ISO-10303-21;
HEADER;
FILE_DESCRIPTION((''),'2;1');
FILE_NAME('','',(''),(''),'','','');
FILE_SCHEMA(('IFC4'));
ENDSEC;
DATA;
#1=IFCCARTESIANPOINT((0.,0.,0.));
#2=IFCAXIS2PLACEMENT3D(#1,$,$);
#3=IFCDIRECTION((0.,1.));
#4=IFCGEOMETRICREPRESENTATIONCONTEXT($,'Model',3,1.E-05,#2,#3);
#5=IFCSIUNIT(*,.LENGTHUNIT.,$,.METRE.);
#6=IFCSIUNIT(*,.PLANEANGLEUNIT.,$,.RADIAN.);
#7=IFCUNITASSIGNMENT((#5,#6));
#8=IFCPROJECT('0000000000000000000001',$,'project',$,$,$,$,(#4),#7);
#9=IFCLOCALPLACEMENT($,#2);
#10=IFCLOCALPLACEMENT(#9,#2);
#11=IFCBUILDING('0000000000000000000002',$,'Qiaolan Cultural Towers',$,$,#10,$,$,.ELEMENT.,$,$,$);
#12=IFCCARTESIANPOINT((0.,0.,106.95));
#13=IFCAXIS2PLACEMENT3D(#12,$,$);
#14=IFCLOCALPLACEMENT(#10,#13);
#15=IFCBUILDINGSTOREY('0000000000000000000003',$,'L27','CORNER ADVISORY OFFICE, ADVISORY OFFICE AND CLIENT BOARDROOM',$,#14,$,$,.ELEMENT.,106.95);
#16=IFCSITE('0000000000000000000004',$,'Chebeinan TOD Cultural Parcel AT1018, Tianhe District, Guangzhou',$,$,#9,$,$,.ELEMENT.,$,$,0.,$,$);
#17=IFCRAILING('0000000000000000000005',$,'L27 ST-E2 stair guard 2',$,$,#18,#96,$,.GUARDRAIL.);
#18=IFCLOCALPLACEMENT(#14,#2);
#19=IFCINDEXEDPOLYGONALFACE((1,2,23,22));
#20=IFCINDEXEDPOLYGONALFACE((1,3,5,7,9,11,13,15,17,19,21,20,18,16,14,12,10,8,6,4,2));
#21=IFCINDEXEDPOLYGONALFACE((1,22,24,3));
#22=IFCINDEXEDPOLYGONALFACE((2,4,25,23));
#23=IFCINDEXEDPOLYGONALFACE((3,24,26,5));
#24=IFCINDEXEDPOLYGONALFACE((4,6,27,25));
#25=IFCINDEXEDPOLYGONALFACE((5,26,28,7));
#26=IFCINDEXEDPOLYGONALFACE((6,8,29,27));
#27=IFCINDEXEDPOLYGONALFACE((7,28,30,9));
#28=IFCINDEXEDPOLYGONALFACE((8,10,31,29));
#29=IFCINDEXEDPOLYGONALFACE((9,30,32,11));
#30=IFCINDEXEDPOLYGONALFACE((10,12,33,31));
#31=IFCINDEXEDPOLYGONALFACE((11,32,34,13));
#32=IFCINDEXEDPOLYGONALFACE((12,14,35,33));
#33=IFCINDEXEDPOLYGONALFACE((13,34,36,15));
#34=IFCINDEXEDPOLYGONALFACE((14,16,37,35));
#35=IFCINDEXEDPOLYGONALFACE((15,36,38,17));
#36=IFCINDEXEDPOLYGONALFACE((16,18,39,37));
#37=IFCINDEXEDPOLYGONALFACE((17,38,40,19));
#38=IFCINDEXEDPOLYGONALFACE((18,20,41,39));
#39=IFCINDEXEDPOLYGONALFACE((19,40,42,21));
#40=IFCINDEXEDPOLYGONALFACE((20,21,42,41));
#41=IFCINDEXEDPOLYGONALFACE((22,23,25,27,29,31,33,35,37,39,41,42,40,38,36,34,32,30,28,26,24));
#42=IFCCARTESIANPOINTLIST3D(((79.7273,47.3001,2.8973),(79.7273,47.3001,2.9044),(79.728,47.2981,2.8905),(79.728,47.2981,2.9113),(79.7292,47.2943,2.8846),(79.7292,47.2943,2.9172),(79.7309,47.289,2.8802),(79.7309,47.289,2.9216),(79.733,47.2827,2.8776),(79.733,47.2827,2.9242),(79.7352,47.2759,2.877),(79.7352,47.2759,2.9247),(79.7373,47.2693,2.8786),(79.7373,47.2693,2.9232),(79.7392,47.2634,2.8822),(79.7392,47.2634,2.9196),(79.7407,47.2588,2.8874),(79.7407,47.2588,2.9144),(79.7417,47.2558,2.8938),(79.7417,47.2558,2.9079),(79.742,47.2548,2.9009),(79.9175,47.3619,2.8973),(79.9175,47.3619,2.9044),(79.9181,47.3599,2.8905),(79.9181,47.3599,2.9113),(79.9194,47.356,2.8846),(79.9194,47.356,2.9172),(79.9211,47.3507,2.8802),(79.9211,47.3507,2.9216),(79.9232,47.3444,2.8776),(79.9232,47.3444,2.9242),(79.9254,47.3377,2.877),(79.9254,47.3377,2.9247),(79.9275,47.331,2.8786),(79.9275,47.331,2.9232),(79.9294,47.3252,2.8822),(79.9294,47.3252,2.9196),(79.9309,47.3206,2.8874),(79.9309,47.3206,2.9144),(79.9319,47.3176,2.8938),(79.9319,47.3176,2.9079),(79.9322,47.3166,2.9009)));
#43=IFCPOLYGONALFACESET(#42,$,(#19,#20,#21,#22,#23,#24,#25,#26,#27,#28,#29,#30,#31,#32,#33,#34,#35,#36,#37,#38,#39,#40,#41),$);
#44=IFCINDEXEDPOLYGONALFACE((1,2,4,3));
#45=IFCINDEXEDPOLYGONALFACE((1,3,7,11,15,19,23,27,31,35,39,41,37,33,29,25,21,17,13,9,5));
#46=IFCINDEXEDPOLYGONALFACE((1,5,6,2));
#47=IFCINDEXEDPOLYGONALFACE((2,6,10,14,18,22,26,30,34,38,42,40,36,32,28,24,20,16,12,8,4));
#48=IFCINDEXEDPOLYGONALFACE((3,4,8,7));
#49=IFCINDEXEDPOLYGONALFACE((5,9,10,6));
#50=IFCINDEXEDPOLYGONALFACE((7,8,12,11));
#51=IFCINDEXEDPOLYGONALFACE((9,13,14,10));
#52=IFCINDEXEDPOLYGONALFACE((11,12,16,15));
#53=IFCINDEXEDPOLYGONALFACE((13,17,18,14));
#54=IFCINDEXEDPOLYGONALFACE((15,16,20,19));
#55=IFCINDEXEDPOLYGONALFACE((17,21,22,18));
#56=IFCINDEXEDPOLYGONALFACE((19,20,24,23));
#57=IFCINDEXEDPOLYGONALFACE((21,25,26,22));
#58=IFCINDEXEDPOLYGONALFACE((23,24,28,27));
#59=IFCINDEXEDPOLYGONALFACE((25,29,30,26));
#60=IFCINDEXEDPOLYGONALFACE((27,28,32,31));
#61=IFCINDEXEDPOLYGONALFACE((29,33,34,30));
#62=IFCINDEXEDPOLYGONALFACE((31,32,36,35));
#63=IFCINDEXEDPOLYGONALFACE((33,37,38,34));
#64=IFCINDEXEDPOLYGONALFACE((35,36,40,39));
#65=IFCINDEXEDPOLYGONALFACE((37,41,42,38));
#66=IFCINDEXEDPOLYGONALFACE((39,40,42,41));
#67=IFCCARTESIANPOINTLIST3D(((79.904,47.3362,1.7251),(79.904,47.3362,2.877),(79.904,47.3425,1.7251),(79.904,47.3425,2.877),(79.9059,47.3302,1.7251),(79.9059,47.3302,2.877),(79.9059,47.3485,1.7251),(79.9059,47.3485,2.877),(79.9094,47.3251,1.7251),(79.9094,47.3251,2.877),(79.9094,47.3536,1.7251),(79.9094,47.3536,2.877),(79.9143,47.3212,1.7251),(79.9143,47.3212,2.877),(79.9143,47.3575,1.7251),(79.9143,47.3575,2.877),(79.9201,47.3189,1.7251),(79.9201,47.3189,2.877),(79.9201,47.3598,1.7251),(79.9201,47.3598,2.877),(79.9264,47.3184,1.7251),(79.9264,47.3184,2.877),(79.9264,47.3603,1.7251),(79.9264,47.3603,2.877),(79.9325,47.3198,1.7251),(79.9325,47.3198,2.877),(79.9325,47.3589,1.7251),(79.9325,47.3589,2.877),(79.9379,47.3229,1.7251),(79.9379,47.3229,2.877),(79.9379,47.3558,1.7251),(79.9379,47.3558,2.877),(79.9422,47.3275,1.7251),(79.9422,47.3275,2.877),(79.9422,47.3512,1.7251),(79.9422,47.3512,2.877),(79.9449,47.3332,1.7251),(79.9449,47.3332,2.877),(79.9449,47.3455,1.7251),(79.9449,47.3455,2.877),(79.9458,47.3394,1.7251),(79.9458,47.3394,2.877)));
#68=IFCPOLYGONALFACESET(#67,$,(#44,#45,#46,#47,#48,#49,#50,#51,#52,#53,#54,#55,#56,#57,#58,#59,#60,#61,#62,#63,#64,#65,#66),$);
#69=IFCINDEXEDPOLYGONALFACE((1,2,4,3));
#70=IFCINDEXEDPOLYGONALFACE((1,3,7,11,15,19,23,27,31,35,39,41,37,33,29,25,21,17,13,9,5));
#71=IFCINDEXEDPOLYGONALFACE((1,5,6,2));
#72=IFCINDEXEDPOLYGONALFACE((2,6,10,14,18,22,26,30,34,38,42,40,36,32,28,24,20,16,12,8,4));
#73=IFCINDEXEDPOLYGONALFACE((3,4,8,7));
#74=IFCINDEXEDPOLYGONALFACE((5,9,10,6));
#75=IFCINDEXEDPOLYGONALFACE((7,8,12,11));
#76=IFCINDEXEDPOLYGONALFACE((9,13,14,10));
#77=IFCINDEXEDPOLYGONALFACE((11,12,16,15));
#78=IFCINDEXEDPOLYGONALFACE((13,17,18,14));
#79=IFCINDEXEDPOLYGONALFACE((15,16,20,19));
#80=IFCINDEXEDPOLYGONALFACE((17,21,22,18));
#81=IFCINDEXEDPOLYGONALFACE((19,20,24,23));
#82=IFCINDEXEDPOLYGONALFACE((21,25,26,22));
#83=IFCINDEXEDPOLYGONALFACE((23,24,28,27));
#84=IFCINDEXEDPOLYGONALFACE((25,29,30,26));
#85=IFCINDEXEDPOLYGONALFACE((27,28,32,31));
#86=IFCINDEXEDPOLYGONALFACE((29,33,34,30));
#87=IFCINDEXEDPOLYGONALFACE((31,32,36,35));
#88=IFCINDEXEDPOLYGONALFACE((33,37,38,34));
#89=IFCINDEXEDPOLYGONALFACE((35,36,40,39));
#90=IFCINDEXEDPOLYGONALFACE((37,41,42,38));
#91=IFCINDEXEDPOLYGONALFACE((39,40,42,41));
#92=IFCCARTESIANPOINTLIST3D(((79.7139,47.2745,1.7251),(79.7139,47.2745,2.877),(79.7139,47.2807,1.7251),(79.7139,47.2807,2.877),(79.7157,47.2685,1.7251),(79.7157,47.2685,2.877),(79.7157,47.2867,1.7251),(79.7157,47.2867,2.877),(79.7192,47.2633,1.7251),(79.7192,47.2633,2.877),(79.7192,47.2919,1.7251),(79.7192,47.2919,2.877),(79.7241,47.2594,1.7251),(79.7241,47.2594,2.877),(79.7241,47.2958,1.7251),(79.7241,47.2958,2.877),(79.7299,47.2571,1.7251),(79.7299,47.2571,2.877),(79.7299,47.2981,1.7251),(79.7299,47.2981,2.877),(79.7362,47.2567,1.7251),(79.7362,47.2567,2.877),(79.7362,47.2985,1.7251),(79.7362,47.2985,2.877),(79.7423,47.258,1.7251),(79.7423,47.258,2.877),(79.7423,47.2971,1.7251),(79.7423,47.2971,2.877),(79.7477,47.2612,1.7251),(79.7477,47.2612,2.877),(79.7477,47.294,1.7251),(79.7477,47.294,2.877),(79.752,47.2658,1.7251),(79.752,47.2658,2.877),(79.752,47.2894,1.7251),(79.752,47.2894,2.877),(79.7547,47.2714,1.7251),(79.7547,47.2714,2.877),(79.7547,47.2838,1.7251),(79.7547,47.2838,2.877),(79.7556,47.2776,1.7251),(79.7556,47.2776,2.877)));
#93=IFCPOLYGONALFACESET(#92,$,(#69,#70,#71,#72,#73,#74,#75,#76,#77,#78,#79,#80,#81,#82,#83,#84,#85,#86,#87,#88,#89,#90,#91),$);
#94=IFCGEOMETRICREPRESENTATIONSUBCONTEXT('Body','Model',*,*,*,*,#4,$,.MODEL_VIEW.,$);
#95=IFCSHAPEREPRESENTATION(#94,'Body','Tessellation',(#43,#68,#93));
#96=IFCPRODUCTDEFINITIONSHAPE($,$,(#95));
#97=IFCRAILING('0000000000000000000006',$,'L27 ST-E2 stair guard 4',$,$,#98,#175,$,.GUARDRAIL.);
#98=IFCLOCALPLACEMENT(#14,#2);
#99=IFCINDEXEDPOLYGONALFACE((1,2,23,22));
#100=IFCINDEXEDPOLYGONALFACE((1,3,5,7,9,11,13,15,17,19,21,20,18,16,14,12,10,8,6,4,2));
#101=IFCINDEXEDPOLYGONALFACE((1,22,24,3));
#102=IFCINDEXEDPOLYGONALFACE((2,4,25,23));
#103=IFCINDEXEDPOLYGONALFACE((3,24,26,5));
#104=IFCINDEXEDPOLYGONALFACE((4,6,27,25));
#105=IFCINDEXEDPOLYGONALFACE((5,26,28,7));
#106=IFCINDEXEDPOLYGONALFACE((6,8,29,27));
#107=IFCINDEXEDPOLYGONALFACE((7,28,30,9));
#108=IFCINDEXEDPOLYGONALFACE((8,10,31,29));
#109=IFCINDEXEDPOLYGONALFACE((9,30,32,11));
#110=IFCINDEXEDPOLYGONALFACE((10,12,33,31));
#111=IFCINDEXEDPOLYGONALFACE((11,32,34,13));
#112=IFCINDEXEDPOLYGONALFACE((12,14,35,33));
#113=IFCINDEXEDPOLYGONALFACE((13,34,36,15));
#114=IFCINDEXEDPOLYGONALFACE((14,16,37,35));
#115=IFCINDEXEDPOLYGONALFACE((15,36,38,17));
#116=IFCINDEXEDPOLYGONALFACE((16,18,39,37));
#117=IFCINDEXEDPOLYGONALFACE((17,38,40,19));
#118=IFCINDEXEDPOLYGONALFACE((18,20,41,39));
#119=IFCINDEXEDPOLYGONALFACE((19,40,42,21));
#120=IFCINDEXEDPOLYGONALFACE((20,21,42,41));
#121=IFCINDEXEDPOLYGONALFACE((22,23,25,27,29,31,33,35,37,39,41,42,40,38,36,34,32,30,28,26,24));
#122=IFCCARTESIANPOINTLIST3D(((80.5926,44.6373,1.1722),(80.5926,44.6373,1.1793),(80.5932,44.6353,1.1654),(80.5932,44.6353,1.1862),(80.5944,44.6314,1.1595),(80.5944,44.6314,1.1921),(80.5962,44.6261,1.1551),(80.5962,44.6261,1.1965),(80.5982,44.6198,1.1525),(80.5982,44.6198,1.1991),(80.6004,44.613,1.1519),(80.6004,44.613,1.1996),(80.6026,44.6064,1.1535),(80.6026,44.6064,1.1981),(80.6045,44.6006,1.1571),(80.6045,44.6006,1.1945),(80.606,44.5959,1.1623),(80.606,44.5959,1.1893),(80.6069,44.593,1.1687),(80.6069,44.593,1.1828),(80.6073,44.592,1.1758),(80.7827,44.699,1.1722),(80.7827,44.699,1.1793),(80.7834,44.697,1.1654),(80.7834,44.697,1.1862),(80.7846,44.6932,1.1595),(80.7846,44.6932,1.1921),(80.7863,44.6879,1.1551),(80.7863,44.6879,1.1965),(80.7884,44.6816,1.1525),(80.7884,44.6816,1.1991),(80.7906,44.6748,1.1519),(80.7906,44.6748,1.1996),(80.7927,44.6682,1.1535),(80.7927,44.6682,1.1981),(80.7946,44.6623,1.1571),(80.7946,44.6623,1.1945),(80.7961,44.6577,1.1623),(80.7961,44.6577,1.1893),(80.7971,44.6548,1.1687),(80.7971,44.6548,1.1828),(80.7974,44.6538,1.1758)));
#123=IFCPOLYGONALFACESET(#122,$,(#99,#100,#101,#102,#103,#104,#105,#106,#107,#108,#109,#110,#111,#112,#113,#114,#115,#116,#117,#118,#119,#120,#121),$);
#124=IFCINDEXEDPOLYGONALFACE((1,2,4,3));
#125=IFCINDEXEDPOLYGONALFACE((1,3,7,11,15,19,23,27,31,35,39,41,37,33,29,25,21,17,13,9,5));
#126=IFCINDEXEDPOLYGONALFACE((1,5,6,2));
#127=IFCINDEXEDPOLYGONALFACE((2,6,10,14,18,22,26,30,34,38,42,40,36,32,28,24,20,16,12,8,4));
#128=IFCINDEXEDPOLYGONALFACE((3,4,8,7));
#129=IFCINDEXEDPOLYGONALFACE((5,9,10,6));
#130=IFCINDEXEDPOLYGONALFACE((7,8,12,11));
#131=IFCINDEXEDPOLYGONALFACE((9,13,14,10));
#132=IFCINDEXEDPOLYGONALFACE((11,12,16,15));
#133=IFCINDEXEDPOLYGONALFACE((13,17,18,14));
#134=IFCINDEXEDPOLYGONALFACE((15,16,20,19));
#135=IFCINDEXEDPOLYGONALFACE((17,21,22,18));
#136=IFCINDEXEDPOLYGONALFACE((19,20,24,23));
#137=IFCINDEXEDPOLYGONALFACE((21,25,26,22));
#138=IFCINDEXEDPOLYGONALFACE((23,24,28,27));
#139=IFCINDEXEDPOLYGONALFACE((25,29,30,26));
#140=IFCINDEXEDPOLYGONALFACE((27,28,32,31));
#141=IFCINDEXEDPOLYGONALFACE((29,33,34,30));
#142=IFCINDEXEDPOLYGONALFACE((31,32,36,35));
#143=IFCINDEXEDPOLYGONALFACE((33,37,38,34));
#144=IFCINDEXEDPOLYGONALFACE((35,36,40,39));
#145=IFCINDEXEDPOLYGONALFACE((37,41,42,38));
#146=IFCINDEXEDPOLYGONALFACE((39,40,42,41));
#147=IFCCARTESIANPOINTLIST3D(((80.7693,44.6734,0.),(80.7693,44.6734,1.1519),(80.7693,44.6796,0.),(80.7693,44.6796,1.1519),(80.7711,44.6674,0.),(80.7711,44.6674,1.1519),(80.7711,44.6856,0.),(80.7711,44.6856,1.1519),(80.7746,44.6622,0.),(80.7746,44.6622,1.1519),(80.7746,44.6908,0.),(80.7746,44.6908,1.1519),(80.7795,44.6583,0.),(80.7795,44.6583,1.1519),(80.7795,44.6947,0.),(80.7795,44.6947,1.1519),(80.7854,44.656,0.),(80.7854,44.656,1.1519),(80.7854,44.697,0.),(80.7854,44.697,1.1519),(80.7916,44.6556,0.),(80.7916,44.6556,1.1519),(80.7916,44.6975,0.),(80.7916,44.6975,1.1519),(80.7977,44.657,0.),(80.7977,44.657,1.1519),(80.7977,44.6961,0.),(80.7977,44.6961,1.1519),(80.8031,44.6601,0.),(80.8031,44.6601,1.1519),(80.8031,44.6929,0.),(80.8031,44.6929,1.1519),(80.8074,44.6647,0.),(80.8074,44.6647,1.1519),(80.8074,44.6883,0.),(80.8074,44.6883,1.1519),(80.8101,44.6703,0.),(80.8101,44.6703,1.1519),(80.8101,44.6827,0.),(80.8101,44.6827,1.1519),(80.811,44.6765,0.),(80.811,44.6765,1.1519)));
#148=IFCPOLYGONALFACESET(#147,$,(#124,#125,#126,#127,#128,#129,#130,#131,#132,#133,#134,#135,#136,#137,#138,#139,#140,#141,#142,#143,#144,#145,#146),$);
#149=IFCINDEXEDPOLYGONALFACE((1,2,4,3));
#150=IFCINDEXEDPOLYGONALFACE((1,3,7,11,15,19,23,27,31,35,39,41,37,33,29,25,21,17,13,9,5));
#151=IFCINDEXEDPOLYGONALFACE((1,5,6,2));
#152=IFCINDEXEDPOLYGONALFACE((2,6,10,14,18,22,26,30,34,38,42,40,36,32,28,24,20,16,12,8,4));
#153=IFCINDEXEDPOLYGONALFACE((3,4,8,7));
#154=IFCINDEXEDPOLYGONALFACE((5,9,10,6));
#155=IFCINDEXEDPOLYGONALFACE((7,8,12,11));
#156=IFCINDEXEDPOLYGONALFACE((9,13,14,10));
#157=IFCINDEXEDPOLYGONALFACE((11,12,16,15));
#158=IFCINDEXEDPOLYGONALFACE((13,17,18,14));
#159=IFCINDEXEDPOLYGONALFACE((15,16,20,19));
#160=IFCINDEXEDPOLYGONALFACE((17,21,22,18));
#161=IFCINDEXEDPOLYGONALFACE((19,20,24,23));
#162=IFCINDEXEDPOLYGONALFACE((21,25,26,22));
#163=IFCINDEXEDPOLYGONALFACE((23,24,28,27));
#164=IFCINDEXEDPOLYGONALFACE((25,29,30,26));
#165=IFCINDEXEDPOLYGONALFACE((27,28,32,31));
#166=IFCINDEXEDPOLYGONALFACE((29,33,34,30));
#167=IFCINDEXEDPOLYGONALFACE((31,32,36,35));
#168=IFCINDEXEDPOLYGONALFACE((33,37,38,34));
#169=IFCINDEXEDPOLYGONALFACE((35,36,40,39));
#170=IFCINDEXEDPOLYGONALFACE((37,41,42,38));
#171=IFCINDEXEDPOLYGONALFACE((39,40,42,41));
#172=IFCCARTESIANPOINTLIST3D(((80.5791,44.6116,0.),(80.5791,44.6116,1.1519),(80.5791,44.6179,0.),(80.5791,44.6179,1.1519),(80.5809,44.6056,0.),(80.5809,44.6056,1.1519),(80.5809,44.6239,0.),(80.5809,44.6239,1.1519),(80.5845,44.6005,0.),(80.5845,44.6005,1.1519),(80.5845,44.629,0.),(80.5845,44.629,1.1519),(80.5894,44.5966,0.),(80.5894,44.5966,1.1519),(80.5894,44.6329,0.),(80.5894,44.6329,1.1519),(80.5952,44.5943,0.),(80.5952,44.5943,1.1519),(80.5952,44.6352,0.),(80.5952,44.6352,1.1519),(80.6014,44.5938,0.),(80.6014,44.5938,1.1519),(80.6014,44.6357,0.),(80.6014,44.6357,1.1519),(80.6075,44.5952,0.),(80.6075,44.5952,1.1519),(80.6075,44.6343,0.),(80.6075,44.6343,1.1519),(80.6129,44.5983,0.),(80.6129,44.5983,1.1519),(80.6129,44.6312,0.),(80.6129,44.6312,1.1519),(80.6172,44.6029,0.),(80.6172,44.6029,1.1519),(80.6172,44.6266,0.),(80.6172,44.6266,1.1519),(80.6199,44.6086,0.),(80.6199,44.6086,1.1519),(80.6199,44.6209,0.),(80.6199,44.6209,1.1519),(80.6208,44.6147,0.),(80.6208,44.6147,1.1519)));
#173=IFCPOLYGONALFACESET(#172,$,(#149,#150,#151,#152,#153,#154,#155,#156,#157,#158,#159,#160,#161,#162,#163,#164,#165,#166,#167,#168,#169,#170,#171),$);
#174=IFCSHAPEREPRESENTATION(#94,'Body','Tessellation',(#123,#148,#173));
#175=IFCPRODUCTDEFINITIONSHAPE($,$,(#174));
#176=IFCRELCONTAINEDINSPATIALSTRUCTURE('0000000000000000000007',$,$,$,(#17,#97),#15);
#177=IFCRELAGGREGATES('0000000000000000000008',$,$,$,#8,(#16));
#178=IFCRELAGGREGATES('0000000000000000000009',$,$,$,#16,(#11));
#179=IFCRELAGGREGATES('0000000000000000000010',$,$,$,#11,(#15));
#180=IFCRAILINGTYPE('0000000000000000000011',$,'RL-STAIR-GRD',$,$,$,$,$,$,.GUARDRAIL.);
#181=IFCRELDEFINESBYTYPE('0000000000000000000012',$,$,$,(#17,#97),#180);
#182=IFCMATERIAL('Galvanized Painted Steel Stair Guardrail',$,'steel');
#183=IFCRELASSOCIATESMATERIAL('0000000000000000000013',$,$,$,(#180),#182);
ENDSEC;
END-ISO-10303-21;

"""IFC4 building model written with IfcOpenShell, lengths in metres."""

from ifc_helpers import new_model, si_unit, direction, frame, origin, origin_2d, place, context, subcontext, project, spatial, circle, extrude, material, type_object, element, save


model = new_model("IFC4")

# Units and contexts
model_context = context("Model", 3, precision=1e-05, world=origin(), true_north=direction((0.0, 1.0)))
body_context = subcontext(model_context, "Body", "Model", "MODEL_VIEW")
ifc_project = project(units=[si_unit("LENGTHUNIT", "METRE"), si_unit("PLANEANGLEUNIT", "RADIAN")], contexts=[model_context])

# Site, building, storey
site_placement = place(None, origin())
site = spatial("IfcSite", under=ifc_project, at=site_placement, Name="Chebeinan TOD Cultural Parcel AT1018, Tianhe District, Guangzhou", CompositionType="ELEMENT", RefElevation=0.0)
building_placement = place(site_placement, origin())
building = spatial("IfcBuilding", under=site, at=building_placement, Name="Qiaolan Cultural Towers", CompositionType="ELEMENT")
storey_placement = place(building_placement, frame((0.0, 0.0, 106.95)))
storey = spatial("IfcBuildingStorey", under=building, at=storey_placement, Name="L27", Description="CORNER ADVISORY OFFICE, ADVISORY OFFICE AND CLIENT BOARDROOM", CompositionType="ELEMENT", Elevation=106.95)

# Railings
ifc_material_1 = material(Name="Galvanized Painted Steel Stair Guardrail", Category="steel")
railing_type_1 = type_object("IfcRailingType", Name="RL-STAIR-GRD", PredefinedType="GUARDRAIL", material=ifc_material_1)
for number, where, name in (
    (1, (79.9248, 47.3394, 1.7251), "L27 ST-E2 stair guard 2"),
    (2, (80.79, 44.6765, 0.0), "L27 ST-E2 stair guard 4"),
):
    element("IfcRailing", number, at=place(storey_placement, frame(where)), inside=storey, type_object=railing_type_1, Name=name, PredefinedType="GUARDRAIL", context=body_context, shape_type="SweptSolid", body=[
        extrude(circle(Radius=0.0239, at=origin_2d()), frame((0.0, 0.0, 1.1758), z_axis=(-0.951097, -0.308893, 0.0), x_axis=(0.308893, -0.951097, 0.0)), (0.0, 0.0, 1.0), 0.2),
        extrude(circle(Radius=0.021, at=origin_2d()), origin(), (0.0, 0.0, 1.0), 1.1519),
        extrude(circle(Radius=0.021, at=origin_2d()), frame((-0.1902, -0.0618, 0.0)), (0.0, 0.0, 1.0), 1.1519),
    ])

save(model, "model.ifc")
